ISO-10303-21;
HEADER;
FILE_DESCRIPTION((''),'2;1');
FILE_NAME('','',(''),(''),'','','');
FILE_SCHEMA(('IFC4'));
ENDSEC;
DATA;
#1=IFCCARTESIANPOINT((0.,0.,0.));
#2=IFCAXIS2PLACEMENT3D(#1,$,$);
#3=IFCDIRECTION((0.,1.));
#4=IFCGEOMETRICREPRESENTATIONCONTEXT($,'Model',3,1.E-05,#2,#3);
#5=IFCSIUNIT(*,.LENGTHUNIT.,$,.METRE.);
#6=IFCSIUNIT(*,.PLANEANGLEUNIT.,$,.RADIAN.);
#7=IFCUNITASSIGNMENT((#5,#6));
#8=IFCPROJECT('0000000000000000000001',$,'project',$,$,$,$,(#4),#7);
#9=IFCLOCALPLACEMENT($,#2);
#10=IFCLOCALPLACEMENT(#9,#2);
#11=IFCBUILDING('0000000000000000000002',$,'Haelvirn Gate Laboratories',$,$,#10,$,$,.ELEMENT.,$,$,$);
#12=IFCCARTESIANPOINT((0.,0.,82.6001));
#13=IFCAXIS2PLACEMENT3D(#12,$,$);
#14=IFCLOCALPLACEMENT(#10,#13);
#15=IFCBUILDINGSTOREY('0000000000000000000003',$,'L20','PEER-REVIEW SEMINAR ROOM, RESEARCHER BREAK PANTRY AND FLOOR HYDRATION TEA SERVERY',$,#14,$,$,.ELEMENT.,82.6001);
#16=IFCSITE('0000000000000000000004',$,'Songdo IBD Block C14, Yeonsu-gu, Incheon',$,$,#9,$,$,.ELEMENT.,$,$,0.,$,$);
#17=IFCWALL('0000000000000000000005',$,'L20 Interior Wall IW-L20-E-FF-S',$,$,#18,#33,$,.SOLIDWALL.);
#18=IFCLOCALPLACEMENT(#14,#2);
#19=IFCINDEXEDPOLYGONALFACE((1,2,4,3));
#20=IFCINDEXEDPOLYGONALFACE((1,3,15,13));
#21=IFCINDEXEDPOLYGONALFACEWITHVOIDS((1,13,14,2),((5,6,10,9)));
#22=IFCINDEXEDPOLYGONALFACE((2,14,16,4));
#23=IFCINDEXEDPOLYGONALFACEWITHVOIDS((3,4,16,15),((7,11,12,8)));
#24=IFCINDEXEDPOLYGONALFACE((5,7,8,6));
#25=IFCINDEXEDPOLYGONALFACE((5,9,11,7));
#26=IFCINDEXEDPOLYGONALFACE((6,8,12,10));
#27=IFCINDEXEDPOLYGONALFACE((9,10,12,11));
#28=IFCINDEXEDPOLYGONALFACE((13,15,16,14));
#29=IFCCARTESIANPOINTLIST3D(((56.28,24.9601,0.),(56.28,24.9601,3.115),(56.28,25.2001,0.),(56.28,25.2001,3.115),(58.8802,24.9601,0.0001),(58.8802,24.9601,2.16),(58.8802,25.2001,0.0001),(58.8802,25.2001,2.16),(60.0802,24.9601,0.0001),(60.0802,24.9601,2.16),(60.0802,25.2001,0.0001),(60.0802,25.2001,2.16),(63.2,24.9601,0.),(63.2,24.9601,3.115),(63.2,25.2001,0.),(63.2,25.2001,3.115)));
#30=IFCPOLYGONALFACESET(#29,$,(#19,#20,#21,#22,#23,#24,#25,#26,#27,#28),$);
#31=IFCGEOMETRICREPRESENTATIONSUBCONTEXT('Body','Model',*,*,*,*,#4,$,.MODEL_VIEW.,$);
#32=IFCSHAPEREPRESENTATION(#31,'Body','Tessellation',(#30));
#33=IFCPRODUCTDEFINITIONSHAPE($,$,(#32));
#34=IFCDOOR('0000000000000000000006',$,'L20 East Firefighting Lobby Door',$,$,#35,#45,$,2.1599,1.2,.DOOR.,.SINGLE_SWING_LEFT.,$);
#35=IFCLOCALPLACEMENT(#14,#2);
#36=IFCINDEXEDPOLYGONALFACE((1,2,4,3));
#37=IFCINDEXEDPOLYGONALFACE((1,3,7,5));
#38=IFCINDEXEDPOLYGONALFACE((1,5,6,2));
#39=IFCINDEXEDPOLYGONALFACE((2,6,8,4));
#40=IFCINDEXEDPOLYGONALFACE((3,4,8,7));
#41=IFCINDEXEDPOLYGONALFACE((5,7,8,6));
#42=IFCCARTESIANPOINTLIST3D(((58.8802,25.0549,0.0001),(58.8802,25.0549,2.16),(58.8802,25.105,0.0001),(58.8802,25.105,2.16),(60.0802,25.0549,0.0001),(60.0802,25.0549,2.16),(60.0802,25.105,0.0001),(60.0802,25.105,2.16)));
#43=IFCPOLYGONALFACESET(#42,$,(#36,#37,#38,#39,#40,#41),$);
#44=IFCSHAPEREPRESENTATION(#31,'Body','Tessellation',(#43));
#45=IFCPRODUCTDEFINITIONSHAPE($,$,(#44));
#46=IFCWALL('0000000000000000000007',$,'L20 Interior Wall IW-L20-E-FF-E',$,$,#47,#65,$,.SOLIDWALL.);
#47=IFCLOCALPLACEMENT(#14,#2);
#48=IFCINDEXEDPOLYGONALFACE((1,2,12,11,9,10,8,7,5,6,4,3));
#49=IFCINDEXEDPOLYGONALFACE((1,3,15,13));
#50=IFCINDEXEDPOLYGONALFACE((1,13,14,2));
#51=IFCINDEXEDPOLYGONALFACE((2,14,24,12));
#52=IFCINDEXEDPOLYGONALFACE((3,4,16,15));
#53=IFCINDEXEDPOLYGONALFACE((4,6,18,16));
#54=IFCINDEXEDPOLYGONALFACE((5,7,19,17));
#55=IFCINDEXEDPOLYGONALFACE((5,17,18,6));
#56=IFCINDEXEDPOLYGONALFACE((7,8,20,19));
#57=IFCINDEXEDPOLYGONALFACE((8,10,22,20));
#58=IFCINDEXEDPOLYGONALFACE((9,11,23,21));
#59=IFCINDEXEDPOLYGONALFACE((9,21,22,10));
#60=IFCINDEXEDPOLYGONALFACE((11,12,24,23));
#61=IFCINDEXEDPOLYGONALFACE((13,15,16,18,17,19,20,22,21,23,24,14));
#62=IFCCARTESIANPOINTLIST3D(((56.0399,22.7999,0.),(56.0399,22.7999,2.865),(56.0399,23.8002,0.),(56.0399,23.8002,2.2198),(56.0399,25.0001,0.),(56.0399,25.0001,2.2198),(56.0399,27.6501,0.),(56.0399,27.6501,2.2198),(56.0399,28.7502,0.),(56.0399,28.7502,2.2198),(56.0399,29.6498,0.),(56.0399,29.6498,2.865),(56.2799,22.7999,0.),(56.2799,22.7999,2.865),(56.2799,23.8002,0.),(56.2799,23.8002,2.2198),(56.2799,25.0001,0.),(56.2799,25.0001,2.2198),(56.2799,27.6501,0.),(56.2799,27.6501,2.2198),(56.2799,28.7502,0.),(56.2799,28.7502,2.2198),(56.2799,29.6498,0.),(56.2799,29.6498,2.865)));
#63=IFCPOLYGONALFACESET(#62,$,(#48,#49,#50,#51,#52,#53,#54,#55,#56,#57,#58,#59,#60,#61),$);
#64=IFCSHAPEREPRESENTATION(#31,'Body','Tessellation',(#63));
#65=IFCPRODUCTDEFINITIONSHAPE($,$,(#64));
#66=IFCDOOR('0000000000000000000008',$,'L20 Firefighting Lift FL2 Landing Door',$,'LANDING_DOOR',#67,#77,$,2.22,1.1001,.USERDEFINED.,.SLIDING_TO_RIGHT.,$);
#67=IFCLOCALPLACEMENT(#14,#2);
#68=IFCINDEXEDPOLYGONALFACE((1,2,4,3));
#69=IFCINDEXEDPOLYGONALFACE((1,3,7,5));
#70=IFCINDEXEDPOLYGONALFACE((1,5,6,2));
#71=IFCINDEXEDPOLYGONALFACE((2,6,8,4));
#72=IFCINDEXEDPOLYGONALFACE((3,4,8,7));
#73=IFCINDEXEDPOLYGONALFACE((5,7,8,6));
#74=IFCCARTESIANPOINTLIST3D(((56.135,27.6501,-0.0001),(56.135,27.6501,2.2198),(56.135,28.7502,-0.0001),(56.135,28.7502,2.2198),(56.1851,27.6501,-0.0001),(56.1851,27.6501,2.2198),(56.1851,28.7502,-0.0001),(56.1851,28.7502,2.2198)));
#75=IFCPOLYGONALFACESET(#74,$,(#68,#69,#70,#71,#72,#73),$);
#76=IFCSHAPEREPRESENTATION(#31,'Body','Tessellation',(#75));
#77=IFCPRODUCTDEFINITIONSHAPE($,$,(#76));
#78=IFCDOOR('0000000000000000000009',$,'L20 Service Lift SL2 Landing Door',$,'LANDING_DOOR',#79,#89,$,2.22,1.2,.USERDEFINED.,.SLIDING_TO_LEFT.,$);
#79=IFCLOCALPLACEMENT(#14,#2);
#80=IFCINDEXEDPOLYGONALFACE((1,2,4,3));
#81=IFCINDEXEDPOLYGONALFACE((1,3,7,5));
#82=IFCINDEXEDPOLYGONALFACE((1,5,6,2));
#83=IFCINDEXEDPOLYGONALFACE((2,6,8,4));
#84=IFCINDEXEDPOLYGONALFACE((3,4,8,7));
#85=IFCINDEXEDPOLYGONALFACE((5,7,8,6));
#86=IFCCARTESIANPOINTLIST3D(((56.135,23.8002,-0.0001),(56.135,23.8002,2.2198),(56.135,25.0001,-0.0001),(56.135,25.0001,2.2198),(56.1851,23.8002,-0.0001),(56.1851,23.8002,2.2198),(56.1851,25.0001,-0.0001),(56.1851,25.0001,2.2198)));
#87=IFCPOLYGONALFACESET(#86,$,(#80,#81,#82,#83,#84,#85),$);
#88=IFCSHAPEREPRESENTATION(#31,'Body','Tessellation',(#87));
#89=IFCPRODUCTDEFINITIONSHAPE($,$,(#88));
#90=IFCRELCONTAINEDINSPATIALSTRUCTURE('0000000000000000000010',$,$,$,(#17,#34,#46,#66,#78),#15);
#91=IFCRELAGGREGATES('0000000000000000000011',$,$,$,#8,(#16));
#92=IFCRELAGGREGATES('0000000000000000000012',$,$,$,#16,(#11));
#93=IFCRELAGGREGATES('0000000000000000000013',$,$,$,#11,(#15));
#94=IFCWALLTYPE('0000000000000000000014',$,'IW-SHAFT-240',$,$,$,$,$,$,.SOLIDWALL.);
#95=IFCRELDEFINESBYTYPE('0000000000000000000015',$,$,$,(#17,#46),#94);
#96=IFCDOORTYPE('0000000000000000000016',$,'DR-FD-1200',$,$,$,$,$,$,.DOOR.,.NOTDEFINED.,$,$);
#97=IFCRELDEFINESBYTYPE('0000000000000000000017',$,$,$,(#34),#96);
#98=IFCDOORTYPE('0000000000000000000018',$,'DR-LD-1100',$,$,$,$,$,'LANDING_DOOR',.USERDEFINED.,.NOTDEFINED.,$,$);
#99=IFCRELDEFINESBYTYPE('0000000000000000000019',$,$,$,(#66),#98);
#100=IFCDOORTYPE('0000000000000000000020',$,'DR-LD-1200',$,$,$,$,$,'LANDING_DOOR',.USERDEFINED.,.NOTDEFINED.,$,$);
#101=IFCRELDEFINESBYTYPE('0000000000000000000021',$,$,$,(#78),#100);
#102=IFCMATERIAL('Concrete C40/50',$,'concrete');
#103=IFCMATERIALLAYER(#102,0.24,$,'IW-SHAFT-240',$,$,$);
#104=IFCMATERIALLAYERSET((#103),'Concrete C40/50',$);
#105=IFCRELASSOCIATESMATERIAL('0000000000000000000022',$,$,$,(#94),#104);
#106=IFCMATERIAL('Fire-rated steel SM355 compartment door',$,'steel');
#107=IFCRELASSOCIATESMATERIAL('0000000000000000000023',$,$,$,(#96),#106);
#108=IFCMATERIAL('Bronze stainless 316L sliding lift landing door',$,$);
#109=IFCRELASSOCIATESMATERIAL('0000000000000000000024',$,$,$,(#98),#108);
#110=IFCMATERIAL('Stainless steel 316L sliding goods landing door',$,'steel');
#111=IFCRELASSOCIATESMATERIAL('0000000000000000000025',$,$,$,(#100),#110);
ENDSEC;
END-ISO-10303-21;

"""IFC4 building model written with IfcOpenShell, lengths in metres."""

from ifc_helpers import new_model, si_unit, direction, frame, frame_2d, origin, place, context, subcontext, project, spatial, rectangle, extrude, source, transform, mapped, material, layer, layer_set, type_object, type_shapes, element, fill, save


model = new_model("IFC4")

# Units and contexts
model_context = context("Model", 3, precision=1e-05, world=origin(), true_north=direction((0.0, 1.0)))
body_context = subcontext(model_context, "Body", "Model", "MODEL_VIEW")
ifc_project = project(units=[si_unit("LENGTHUNIT", "METRE"), si_unit("PLANEANGLEUNIT", "RADIAN")], contexts=[model_context])

# Site, building, storey
site_placement = place(None, origin())
site = spatial("IfcSite", under=ifc_project, at=site_placement, Name="Songdo IBD Block C14, Yeonsu-gu, Incheon", CompositionType="ELEMENT", RefElevation=0.0)
building_placement = place(site_placement, origin())
building = spatial("IfcBuilding", under=site, at=building_placement, Name="Haelvirn Gate Laboratories", CompositionType="ELEMENT")
storey_placement = place(building_placement, frame((0.0, 0.0, 82.6001)))
storey = spatial("IfcBuildingStorey", under=building, at=storey_placement, Name="L20", Description="PEER-REVIEW SEMINAR ROOM, RESEARCHER BREAK PANTRY AND FLOOR HYDRATION TEA SERVERY", CompositionType="ELEMENT", Elevation=82.6001)

# Shared definitions
ifc_material_1 = material(Name="Concrete C40/50", Category="concrete")

# Wall, opening, door
ifc_layer_1 = layer(ifc_material_1, 0.24, Name="IW-SHAFT-240")
ifc_layer_set_1 = layer_set([ifc_layer_1], Name="Concrete C40/50")
wall_type_1 = type_object("IfcWallType", Name="IW-SHAFT-240", PredefinedType="SOLIDWALL", material=ifc_layer_set_1)
wall_1_placement = place(storey_placement, frame((56.28, 25.0801, 0.0), z_axis=(0.0, 0.0, 1.0), x_axis=(1.0, 0.0, 0.0)))
wall_1 = element("IfcWall", 1, at=wall_1_placement, inside=storey, type_object=wall_type_1, Name="L20 Interior Wall IW-L20-E-FF-S", PredefinedType="SOLIDWALL", context=body_context, shape_type="SweptSolid", body=[
    extrude(rectangle(XDim=6.9199, YDim=0.24, at=frame_2d((3.46, 0.0))), origin(), (0.0, 0.0, 1.0), 3.115),
])
opening_1_placement = place(wall_1_placement, frame((2.6001, 0.0, 0.0)))
opening_1 = element("IfcOpeningElement", 2, at=opening_1_placement, cuts=wall_1, PredefinedType="OPENING", context=body_context, shape_type="SweptSolid", body=[
    extrude(rectangle(XDim=1.2, YDim=2.1599, at=frame_2d((0.6001, 1.0801))), frame((0.0, 0.1299, 0.0), z_axis=(0.0, -1.0, 0.0), x_axis=(1.0, 0.0, 0.0)), (0.0, 0.0, 1.0), 0.26),
])
ifc_material_2 = material(Name="Fire-rated steel SM355 compartment door", Category="steel")
door_type_1 = type_object("IfcDoorType", Name="DR-FD-1200", OperationType="NOTDEFINED", PredefinedType="DOOR", material=ifc_material_2)
shared_shape_1 = source(origin(), body_context, "Body", "SweptSolid", [
    extrude(rectangle(XDim=1.2, YDim=2.1599, at=frame_2d((0.6001, 1.0801))), frame((0.0, 0.0249, 0.0), z_axis=(0.0, -1.0, 0.0), x_axis=(1.0, 0.0, 0.0)), (0.0, 0.0, 1.0), 0.05),
])
type_shapes(door_type_1, [shared_shape_1])
door_1_placement = place(opening_1_placement, origin())
door_1 = element("IfcDoor", 3, at=door_1_placement, inside=storey, type_object=door_type_1, Name="L20 East Firefighting Lobby Door", OperationType="SINGLE_SWING_LEFT", OverallHeight=2.1599, OverallWidth=1.2, PredefinedType="DOOR", context=body_context, shape_type="MappedRepresentation", body=[
    mapped(shared_shape_1, transform((0.0, 0.0, 0.0), scale=1.0)),
])
fill(opening_1, door_1)

# Wall, openings, doors
wall_2_placement = place(storey_placement, frame((56.1599, 22.8, 0.0), z_axis=(0.0, 0.0, 1.0), x_axis=(0.0, 1.0, 0.0)))
wall_2 = element("IfcWall", 4, at=wall_2_placement, inside=storey, type_object=wall_type_1, Name="L20 Interior Wall IW-L20-E-FF-E", PredefinedType="SOLIDWALL", context=body_context, shape_type="SweptSolid", body=[
    extrude(rectangle(XDim=6.8499, YDim=0.24, at=frame_2d((3.4248, 0.0))), origin(), (0.0, 0.0, 1.0), 2.865),
])
opening_2_placement = place(wall_2_placement, frame((4.8501, 0.0, 0.0)))
opening_2 = element("IfcOpeningElement", 5, at=opening_2_placement, cuts=wall_2, PredefinedType="OPENING", context=body_context, shape_type="SweptSolid", body=[
    extrude(rectangle(XDim=1.1001, YDim=2.22, at=frame_2d((0.55, 1.1099))), frame((0.0, 0.1299, 0.0), z_axis=(0.0, -1.0, 0.0), x_axis=(1.0, 0.0, 0.0)), (0.0, 0.0, 1.0), 0.26),
])
opening_3_placement = place(wall_2_placement, frame((1.0, 0.0, 0.0)))
opening_3 = element("IfcOpeningElement", 6, at=opening_3_placement, cuts=wall_2, PredefinedType="OPENING", context=body_context, shape_type="SweptSolid", body=[
    extrude(rectangle(XDim=1.2, YDim=2.22, at=frame_2d((0.6001, 1.1099))), frame((0.0, 0.1299, 0.0), z_axis=(0.0, -1.0, 0.0), x_axis=(1.0, 0.0, 0.0)), (0.0, 0.0, 1.0), 0.26),
])
ifc_material_3 = material(Name="Bronze stainless 316L sliding lift landing door")
door_type_2 = type_object("IfcDoorType", Name="DR-LD-1100", ElementType="LANDING_DOOR", OperationType="NOTDEFINED", PredefinedType="USERDEFINED", material=ifc_material_3)
shared_shape_2 = source(origin(), body_context, "Body", "SweptSolid", [
    extrude(rectangle(XDim=1.1001, YDim=2.22, at=frame_2d((0.55, 1.1099))), frame((0.0, 0.0249, 0.0), z_axis=(0.0, -1.0, 0.0), x_axis=(1.0, 0.0, 0.0)), (0.0, 0.0, 1.0), 0.05),
])
type_shapes(door_type_2, [shared_shape_2])
door_2_placement = place(opening_2_placement, origin())
door_2 = element("IfcDoor", 7, at=door_2_placement, inside=storey, type_object=door_type_2, Name="L20 Firefighting Lift FL2 Landing Door", ObjectType="LANDING_DOOR", OperationType="SLIDING_TO_RIGHT", OverallHeight=2.22, OverallWidth=1.1001, PredefinedType="USERDEFINED", context=body_context, shape_type="MappedRepresentation", body=[
    mapped(shared_shape_2, transform((0.0, 0.0, 0.0), scale=1.0)),
])
fill(opening_2, door_2)
ifc_material_4 = material(Name="Stainless steel 316L sliding goods landing door", Category="steel")
door_type_3 = type_object("IfcDoorType", Name="DR-LD-1200", ElementType="LANDING_DOOR", OperationType="NOTDEFINED", PredefinedType="USERDEFINED", material=ifc_material_4)
shared_shape_3 = source(origin(), body_context, "Body", "SweptSolid", [
    extrude(rectangle(XDim=1.2, YDim=2.22, at=frame_2d((0.6001, 1.1099))), frame((0.0, 0.0249, 0.0), z_axis=(0.0, -1.0, 0.0), x_axis=(1.0, 0.0, 0.0)), (0.0, 0.0, 1.0), 0.05),
])
type_shapes(door_type_3, [shared_shape_3])
door_3_placement = place(opening_3_placement, origin())
door_3 = element("IfcDoor", 8, at=door_3_placement, inside=storey, type_object=door_type_3, Name="L20 Service Lift SL2 Landing Door", ObjectType="LANDING_DOOR", OperationType="SLIDING_TO_LEFT", OverallHeight=2.22, OverallWidth=1.2, PredefinedType="USERDEFINED", context=body_context, shape_type="MappedRepresentation", body=[
    mapped(shared_shape_3, transform((0.0, 0.0, 0.0), scale=1.0)),
])
fill(opening_3, door_3)

save(model, "model.ifc")
